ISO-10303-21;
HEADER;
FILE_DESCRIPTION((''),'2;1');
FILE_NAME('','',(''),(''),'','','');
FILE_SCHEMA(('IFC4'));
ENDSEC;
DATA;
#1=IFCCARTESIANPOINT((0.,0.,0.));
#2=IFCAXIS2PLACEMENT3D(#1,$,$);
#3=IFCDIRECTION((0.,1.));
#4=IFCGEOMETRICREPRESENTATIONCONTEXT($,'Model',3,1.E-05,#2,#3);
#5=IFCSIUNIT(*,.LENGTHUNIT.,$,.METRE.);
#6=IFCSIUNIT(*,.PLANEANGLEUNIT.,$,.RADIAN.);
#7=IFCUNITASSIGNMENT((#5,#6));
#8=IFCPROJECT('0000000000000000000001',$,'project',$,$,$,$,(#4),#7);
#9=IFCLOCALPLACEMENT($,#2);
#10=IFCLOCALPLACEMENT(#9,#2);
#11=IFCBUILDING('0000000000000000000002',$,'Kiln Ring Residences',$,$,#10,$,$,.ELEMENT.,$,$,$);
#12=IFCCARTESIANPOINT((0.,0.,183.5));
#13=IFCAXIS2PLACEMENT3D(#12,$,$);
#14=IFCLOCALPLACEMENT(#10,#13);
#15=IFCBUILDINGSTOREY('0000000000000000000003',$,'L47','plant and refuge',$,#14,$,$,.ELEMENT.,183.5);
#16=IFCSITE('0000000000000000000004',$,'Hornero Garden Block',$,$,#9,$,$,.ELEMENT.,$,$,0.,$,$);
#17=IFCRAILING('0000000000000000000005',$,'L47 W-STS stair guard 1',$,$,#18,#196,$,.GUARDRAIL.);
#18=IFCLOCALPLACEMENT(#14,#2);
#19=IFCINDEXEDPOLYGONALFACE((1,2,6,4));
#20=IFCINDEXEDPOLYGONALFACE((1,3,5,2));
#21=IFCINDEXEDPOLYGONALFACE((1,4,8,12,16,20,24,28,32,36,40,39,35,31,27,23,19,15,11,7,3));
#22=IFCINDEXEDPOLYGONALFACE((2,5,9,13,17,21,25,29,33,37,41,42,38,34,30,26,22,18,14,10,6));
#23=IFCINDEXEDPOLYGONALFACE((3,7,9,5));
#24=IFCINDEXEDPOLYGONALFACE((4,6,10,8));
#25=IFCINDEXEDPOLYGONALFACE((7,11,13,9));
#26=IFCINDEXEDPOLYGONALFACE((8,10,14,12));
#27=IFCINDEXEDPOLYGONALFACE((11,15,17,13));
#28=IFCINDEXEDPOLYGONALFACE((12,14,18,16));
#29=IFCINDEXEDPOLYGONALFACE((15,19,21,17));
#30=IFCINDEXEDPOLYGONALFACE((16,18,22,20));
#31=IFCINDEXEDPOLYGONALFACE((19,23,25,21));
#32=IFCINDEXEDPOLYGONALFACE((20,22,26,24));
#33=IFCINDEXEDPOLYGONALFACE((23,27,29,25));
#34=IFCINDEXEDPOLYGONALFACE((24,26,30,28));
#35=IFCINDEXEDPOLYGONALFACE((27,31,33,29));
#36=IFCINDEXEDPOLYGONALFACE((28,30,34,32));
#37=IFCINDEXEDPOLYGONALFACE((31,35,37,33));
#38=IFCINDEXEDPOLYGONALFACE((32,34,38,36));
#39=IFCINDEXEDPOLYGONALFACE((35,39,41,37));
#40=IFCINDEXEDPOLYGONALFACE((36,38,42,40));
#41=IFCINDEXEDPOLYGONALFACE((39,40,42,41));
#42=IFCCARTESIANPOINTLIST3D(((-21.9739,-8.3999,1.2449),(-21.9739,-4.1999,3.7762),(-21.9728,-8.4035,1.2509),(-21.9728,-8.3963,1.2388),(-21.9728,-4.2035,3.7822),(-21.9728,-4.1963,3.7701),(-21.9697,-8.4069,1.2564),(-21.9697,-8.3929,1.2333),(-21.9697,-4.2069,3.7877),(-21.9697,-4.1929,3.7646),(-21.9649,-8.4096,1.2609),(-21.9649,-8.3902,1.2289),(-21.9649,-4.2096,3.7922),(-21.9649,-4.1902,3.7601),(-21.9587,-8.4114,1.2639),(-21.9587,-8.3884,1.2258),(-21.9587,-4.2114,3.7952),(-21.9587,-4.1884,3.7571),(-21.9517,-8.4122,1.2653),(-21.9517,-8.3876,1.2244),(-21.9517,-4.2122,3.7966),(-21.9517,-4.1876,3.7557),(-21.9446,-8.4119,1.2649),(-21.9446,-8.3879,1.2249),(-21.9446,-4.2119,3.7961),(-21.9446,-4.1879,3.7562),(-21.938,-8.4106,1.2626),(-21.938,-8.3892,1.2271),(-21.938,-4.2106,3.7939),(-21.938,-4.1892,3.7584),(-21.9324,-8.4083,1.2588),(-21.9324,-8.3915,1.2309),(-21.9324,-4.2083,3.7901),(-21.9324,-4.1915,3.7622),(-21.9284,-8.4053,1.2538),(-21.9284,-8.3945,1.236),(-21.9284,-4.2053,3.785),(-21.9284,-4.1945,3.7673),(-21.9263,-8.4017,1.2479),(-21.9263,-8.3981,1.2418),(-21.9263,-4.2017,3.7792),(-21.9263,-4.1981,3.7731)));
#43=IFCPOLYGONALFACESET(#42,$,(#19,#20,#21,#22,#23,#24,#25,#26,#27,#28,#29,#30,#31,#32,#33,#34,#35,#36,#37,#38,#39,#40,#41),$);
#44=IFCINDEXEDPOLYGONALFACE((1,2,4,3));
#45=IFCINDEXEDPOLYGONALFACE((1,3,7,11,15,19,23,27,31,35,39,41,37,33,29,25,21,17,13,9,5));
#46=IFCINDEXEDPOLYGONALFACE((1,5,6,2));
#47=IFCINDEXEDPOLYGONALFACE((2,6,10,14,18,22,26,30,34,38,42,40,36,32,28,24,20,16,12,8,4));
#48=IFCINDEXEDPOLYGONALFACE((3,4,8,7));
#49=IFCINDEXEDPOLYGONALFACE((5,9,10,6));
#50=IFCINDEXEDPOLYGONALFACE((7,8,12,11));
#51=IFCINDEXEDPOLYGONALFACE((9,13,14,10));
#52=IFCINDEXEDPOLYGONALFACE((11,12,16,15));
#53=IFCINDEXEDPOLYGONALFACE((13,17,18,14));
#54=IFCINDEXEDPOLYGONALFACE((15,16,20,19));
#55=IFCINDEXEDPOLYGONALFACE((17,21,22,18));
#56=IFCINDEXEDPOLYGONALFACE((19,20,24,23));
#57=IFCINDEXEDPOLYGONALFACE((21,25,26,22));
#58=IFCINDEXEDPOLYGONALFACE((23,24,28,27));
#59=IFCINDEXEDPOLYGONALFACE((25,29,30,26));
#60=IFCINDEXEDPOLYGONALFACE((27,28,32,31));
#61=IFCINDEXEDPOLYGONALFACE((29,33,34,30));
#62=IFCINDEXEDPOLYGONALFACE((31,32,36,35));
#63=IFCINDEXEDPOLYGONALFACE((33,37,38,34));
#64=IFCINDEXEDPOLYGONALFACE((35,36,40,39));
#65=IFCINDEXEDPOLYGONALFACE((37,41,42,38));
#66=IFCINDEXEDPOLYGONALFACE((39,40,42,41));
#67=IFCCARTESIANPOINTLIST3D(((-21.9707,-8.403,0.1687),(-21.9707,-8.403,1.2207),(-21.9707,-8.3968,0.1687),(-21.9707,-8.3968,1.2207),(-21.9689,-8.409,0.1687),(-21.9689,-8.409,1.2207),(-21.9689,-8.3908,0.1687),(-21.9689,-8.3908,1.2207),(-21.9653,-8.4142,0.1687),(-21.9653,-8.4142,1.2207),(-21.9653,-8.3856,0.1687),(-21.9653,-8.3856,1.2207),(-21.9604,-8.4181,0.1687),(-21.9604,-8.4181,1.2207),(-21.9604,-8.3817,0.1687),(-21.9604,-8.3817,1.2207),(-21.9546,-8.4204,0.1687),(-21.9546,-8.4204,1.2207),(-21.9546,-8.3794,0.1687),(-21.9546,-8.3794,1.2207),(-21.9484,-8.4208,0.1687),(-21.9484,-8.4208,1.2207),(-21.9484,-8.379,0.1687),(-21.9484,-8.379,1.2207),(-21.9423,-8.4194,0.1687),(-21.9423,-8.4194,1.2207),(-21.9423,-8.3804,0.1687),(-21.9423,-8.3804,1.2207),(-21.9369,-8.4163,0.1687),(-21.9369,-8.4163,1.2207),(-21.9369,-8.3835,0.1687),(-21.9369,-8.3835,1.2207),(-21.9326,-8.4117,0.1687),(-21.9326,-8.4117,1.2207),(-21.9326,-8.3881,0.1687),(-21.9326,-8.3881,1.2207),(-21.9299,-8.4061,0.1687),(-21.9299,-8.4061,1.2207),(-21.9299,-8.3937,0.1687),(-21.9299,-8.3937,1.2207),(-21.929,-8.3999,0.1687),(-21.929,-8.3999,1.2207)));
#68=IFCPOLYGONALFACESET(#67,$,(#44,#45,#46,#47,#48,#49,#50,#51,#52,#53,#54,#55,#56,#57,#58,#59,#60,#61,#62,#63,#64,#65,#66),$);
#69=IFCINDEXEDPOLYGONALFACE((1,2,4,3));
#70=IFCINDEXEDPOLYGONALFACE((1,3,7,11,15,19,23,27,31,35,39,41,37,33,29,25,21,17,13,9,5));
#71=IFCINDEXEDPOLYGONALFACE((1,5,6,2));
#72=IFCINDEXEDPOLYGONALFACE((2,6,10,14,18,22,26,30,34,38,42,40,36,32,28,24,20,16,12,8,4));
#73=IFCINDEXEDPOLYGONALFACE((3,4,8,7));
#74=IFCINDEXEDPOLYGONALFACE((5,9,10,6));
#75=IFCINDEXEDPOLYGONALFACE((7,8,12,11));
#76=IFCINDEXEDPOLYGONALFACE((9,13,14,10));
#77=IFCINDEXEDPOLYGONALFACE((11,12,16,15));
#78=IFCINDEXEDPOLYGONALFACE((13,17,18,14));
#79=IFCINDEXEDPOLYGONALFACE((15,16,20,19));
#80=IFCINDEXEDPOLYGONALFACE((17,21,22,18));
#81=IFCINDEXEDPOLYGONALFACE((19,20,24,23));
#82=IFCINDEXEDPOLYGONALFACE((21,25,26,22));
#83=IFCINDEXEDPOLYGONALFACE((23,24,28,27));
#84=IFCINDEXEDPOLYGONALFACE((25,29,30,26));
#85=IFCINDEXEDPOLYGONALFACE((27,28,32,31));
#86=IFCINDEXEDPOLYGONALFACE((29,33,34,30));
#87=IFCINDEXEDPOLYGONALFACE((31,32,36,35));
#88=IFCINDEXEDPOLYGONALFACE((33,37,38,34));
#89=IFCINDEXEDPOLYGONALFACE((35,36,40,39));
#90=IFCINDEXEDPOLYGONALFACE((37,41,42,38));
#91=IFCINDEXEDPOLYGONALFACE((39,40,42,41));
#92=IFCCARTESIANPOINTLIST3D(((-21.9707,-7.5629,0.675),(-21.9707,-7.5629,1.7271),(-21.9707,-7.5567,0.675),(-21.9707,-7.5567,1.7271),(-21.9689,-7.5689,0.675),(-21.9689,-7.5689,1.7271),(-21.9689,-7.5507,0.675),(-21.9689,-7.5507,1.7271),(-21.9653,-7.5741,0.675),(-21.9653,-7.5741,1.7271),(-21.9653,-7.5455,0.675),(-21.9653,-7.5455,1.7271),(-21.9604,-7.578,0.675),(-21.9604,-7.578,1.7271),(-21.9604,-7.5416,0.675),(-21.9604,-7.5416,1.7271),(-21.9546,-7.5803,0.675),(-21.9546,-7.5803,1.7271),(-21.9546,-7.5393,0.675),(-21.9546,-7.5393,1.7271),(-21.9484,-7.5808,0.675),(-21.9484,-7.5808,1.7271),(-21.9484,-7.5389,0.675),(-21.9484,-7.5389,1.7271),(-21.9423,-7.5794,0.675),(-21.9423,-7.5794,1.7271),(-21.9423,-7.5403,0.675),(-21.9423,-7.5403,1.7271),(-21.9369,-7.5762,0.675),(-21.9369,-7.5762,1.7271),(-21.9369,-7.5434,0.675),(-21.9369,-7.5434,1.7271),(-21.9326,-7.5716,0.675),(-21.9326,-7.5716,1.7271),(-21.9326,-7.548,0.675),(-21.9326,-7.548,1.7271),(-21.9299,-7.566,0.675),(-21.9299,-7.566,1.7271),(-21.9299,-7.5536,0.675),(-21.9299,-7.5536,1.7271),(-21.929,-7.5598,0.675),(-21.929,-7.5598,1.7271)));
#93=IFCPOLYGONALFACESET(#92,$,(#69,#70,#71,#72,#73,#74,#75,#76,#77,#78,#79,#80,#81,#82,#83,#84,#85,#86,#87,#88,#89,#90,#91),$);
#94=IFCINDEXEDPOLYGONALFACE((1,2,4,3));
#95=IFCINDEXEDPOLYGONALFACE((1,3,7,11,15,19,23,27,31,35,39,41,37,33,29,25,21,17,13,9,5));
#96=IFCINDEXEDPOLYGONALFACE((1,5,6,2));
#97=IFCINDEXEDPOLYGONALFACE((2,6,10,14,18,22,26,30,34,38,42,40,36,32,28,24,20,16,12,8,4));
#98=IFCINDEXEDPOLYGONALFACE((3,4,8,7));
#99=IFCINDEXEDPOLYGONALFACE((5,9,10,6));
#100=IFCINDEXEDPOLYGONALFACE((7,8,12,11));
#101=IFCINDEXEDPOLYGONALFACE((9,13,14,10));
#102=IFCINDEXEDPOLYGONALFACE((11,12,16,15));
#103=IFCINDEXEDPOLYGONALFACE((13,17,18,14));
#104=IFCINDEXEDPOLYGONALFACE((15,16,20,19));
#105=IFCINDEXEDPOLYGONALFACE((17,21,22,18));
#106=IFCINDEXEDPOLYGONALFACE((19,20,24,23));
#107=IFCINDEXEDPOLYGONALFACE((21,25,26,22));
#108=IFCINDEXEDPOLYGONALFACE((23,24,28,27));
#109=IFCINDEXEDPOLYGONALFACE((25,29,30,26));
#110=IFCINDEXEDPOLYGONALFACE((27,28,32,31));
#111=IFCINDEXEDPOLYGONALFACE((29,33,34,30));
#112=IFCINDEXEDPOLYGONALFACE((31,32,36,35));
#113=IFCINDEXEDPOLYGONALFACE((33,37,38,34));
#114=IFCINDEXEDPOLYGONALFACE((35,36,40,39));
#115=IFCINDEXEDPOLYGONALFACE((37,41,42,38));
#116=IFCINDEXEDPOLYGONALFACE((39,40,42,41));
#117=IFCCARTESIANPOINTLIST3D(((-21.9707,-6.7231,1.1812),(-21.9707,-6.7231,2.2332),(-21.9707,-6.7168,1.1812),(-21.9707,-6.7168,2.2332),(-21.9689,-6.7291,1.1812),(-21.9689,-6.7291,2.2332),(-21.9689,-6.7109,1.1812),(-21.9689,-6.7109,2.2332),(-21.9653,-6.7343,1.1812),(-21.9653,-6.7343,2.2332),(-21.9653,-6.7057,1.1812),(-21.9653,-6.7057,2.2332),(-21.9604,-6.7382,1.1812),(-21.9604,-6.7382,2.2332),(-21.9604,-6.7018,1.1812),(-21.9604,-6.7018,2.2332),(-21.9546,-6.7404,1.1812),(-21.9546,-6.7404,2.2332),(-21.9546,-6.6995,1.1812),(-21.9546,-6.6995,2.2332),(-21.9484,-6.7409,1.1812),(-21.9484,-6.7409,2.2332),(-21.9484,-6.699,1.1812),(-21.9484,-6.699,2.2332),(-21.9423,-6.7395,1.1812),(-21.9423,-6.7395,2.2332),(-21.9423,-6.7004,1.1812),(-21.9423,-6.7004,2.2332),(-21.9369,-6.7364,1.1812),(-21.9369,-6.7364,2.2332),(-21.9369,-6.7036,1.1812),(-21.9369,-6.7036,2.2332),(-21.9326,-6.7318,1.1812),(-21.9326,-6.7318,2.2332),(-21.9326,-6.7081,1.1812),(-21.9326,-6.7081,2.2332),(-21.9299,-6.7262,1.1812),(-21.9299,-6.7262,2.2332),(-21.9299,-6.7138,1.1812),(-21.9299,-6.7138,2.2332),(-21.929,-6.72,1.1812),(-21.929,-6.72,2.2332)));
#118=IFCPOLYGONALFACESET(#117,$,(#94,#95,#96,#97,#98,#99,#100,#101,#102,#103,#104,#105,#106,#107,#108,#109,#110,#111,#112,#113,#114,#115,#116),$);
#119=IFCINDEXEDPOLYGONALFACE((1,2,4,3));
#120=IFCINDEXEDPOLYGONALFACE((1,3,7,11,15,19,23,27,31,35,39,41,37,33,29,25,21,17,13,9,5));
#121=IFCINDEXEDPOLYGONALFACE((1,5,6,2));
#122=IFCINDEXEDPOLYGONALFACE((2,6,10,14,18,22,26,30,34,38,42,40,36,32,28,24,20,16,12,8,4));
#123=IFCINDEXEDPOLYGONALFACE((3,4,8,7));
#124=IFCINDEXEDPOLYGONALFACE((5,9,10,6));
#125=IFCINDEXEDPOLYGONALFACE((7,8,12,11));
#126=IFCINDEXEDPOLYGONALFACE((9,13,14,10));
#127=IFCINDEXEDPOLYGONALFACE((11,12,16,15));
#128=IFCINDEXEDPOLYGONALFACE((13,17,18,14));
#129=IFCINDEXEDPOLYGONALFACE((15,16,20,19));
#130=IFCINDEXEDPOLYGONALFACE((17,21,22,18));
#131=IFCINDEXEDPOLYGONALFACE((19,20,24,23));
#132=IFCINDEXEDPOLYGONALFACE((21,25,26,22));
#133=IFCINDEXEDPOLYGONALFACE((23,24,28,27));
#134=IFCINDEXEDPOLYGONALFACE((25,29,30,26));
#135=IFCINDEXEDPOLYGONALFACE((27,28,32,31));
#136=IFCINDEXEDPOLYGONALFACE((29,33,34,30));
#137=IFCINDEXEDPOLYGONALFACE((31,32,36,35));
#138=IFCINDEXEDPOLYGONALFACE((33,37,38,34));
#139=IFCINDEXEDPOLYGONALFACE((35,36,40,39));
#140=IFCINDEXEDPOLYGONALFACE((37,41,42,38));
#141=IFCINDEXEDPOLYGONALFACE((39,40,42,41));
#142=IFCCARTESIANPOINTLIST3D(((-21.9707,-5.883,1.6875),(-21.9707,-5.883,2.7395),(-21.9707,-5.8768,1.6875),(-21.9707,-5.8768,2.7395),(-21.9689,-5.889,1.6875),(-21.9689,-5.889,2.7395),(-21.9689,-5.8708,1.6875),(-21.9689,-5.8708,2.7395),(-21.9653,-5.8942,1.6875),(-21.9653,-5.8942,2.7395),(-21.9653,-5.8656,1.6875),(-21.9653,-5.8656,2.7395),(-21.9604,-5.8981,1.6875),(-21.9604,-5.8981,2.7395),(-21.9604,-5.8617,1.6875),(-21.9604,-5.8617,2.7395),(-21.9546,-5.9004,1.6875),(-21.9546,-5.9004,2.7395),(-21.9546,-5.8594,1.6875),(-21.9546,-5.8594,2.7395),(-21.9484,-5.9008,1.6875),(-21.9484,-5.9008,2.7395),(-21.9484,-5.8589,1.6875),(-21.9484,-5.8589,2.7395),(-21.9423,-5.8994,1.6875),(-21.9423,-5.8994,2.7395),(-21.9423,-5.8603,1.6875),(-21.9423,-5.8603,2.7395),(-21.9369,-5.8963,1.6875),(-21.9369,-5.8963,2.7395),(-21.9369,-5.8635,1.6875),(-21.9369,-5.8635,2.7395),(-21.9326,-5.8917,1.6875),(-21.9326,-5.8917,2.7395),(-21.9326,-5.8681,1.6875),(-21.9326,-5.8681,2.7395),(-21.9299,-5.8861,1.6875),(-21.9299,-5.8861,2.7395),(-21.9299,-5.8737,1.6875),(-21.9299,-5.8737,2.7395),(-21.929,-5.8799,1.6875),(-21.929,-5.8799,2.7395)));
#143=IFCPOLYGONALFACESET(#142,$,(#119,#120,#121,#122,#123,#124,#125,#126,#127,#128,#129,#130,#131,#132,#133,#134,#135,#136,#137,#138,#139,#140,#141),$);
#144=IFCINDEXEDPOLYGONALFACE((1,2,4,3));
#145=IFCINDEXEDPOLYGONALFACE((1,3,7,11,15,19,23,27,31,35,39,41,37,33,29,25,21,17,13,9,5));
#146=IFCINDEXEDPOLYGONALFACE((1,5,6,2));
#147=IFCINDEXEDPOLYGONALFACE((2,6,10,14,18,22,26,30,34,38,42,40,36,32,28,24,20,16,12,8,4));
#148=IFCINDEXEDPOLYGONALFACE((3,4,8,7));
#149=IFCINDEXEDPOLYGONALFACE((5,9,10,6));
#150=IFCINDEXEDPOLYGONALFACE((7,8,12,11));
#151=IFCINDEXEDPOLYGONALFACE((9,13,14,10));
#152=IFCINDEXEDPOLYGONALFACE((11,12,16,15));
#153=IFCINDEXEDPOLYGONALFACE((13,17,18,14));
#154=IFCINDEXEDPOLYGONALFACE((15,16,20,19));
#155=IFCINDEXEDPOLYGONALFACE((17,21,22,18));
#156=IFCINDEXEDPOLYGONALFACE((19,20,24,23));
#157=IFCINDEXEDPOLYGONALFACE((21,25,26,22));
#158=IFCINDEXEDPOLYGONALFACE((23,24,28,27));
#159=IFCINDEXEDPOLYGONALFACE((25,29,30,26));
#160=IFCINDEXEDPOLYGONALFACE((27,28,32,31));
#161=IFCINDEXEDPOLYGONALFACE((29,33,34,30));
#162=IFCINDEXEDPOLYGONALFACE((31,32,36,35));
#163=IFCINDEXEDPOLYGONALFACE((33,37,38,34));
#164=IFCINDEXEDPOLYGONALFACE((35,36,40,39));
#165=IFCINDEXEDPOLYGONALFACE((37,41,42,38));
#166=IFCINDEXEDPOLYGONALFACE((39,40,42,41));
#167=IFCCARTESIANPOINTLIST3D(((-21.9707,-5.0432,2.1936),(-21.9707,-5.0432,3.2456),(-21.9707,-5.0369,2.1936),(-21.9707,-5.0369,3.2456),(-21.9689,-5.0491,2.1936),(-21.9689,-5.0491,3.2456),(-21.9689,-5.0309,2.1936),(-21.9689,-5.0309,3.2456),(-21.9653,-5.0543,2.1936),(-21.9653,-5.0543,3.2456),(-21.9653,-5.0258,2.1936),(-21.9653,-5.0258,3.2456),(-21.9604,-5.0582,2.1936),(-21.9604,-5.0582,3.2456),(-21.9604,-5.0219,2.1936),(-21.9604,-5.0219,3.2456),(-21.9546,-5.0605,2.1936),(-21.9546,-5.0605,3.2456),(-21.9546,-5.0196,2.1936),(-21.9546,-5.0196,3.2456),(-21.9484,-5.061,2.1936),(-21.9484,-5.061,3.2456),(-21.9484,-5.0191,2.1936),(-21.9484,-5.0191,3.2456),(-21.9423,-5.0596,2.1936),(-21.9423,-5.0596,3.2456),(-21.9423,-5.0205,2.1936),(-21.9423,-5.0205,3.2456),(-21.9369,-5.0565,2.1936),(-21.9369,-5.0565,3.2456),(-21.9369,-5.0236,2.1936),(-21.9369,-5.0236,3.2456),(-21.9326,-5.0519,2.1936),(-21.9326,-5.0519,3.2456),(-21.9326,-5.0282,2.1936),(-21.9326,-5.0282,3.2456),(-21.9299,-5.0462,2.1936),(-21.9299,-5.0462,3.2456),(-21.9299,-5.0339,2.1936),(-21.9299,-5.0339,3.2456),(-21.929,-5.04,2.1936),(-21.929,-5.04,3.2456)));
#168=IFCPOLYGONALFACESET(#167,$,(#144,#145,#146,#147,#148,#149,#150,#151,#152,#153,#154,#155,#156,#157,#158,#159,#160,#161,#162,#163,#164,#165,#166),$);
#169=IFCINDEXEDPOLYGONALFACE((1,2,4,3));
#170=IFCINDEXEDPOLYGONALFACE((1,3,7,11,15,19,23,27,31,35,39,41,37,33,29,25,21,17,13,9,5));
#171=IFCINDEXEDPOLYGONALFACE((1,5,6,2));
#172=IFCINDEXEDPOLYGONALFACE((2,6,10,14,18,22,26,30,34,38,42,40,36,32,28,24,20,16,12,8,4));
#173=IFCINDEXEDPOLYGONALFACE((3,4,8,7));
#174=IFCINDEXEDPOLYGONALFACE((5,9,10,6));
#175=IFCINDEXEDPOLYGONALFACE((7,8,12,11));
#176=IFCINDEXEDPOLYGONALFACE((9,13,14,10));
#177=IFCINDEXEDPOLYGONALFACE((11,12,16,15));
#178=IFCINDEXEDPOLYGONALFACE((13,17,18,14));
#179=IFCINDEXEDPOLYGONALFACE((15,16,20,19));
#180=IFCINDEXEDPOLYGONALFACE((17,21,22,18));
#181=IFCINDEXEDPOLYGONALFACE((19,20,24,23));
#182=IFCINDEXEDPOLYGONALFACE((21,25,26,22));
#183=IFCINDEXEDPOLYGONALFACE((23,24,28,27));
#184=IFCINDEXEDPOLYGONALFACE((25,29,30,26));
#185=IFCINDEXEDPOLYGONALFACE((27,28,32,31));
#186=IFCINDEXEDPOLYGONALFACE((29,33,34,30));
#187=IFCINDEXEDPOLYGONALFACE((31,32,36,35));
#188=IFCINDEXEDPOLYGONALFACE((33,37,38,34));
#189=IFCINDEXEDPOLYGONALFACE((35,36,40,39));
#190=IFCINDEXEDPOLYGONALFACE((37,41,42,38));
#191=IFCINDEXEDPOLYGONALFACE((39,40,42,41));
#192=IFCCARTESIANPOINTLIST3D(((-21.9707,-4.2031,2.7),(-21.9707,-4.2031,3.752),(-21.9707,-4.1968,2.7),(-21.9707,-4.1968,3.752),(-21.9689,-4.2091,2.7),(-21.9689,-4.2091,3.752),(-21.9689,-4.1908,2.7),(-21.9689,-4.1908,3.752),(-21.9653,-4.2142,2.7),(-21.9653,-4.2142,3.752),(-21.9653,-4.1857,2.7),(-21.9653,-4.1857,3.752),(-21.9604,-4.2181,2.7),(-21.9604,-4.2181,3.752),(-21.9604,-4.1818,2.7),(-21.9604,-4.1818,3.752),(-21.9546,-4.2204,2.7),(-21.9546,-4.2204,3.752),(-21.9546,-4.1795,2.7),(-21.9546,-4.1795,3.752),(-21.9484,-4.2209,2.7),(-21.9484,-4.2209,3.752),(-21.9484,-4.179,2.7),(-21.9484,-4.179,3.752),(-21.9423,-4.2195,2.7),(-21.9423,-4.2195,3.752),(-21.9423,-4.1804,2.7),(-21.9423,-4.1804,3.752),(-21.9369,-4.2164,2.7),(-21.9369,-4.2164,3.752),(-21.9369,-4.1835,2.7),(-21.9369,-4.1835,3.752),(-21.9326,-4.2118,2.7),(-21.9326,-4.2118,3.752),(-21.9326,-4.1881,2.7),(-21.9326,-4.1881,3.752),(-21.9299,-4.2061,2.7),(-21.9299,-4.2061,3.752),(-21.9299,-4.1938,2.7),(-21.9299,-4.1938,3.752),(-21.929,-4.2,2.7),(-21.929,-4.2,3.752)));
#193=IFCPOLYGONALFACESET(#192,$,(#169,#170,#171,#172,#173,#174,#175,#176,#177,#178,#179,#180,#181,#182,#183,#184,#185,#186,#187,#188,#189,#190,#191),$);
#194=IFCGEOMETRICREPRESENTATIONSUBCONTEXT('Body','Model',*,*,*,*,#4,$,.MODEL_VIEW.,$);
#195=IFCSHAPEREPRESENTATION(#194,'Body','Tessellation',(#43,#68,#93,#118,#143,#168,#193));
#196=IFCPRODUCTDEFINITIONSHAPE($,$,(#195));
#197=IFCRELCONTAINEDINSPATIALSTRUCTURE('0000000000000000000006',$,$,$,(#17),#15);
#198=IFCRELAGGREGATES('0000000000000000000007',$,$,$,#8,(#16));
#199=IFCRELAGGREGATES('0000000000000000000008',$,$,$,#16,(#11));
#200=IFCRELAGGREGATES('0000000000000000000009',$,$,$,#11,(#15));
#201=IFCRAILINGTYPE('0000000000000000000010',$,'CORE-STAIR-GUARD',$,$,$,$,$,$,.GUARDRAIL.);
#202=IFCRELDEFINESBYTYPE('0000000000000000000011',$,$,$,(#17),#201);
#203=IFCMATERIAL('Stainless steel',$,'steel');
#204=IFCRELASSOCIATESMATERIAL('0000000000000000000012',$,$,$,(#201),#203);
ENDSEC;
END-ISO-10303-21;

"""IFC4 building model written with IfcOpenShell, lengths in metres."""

from ifc_helpers import new_model, si_unit, direction, frame, origin, origin_2d, place, context, subcontext, project, spatial, circle, extrude, material, type_object, element, save


model = new_model("IFC4")

# Units and contexts
model_context = context("Model", 3, precision=1e-05, world=origin(), true_north=direction((0.0, 1.0)))
body_context = subcontext(model_context, "Body", "Model", "MODEL_VIEW")
ifc_project = project(units=[si_unit("LENGTHUNIT", "METRE"), si_unit("PLANEANGLEUNIT", "RADIAN")], contexts=[model_context])

# Site, building, storey
site_placement = place(None, origin())
site = spatial("IfcSite", under=ifc_project, at=site_placement, Name="Hornero Garden Block", CompositionType="ELEMENT", RefElevation=0.0)
building_placement = place(site_placement, origin())
building = spatial("IfcBuilding", under=site, at=building_placement, Name="Kiln Ring Residences", CompositionType="ELEMENT")
storey_placement = place(building_placement, frame((0.0, 0.0, 183.5)))
storey = spatial("IfcBuildingStorey", under=building, at=storey_placement, Name="L47", Description="plant and refuge", CompositionType="ELEMENT", Elevation=183.5)

# Railing
ifc_material_1 = material(Name="Stainless steel", Category="steel")
railing_type_1 = type_object("IfcRailingType", Name="CORE-STAIR-GUARD", PredefinedType="GUARDRAIL", material=ifc_material_1)
railing_1_placement = place(storey_placement, frame((-21.95, -8.3999, 0.1687)))
element("IfcRailing", 1, at=railing_1_placement, inside=storey, type_object=railing_type_1, Name="L47 W-STS stair guard 1", PredefinedType="GUARDRAIL", context=body_context, shape_type="SweptSolid", body=[
    extrude(circle(Radius=0.0239, at=origin_2d()), frame((0.0, 0.0, 1.0762), z_axis=(0.0, 0.856476, 0.516186), x_axis=(-1.0, 0.0, 0.0)), (0.0, 0.0, 1.0), 4.9038),
    extrude(circle(Radius=0.021, at=origin_2d()), origin(), (0.0, 0.0, 1.0), 1.052),
    extrude(circle(Radius=0.021, at=origin_2d()), frame((0.0, 0.8401, 0.5063)), (0.0, 0.0, 1.0), 1.052),
    extrude(circle(Radius=0.021, at=origin_2d()), frame((0.0, 1.6799, 1.0125)), (0.0, 0.0, 1.0), 1.052),
    extrude(circle(Radius=0.021, at=origin_2d()), frame((0.0, 2.52, 1.5188)), (0.0, 0.0, 1.0), 1.052),
    extrude(circle(Radius=0.021, at=origin_2d()), frame((0.0, 3.3599, 2.0249)), (0.0, 0.0, 1.0), 1.052),
    extrude(circle(Radius=0.021, at=origin_2d()), frame((0.0, 4.2, 2.5312)), (0.0, 0.0, 1.0), 1.052),
])

save(model, "model.ifc")
